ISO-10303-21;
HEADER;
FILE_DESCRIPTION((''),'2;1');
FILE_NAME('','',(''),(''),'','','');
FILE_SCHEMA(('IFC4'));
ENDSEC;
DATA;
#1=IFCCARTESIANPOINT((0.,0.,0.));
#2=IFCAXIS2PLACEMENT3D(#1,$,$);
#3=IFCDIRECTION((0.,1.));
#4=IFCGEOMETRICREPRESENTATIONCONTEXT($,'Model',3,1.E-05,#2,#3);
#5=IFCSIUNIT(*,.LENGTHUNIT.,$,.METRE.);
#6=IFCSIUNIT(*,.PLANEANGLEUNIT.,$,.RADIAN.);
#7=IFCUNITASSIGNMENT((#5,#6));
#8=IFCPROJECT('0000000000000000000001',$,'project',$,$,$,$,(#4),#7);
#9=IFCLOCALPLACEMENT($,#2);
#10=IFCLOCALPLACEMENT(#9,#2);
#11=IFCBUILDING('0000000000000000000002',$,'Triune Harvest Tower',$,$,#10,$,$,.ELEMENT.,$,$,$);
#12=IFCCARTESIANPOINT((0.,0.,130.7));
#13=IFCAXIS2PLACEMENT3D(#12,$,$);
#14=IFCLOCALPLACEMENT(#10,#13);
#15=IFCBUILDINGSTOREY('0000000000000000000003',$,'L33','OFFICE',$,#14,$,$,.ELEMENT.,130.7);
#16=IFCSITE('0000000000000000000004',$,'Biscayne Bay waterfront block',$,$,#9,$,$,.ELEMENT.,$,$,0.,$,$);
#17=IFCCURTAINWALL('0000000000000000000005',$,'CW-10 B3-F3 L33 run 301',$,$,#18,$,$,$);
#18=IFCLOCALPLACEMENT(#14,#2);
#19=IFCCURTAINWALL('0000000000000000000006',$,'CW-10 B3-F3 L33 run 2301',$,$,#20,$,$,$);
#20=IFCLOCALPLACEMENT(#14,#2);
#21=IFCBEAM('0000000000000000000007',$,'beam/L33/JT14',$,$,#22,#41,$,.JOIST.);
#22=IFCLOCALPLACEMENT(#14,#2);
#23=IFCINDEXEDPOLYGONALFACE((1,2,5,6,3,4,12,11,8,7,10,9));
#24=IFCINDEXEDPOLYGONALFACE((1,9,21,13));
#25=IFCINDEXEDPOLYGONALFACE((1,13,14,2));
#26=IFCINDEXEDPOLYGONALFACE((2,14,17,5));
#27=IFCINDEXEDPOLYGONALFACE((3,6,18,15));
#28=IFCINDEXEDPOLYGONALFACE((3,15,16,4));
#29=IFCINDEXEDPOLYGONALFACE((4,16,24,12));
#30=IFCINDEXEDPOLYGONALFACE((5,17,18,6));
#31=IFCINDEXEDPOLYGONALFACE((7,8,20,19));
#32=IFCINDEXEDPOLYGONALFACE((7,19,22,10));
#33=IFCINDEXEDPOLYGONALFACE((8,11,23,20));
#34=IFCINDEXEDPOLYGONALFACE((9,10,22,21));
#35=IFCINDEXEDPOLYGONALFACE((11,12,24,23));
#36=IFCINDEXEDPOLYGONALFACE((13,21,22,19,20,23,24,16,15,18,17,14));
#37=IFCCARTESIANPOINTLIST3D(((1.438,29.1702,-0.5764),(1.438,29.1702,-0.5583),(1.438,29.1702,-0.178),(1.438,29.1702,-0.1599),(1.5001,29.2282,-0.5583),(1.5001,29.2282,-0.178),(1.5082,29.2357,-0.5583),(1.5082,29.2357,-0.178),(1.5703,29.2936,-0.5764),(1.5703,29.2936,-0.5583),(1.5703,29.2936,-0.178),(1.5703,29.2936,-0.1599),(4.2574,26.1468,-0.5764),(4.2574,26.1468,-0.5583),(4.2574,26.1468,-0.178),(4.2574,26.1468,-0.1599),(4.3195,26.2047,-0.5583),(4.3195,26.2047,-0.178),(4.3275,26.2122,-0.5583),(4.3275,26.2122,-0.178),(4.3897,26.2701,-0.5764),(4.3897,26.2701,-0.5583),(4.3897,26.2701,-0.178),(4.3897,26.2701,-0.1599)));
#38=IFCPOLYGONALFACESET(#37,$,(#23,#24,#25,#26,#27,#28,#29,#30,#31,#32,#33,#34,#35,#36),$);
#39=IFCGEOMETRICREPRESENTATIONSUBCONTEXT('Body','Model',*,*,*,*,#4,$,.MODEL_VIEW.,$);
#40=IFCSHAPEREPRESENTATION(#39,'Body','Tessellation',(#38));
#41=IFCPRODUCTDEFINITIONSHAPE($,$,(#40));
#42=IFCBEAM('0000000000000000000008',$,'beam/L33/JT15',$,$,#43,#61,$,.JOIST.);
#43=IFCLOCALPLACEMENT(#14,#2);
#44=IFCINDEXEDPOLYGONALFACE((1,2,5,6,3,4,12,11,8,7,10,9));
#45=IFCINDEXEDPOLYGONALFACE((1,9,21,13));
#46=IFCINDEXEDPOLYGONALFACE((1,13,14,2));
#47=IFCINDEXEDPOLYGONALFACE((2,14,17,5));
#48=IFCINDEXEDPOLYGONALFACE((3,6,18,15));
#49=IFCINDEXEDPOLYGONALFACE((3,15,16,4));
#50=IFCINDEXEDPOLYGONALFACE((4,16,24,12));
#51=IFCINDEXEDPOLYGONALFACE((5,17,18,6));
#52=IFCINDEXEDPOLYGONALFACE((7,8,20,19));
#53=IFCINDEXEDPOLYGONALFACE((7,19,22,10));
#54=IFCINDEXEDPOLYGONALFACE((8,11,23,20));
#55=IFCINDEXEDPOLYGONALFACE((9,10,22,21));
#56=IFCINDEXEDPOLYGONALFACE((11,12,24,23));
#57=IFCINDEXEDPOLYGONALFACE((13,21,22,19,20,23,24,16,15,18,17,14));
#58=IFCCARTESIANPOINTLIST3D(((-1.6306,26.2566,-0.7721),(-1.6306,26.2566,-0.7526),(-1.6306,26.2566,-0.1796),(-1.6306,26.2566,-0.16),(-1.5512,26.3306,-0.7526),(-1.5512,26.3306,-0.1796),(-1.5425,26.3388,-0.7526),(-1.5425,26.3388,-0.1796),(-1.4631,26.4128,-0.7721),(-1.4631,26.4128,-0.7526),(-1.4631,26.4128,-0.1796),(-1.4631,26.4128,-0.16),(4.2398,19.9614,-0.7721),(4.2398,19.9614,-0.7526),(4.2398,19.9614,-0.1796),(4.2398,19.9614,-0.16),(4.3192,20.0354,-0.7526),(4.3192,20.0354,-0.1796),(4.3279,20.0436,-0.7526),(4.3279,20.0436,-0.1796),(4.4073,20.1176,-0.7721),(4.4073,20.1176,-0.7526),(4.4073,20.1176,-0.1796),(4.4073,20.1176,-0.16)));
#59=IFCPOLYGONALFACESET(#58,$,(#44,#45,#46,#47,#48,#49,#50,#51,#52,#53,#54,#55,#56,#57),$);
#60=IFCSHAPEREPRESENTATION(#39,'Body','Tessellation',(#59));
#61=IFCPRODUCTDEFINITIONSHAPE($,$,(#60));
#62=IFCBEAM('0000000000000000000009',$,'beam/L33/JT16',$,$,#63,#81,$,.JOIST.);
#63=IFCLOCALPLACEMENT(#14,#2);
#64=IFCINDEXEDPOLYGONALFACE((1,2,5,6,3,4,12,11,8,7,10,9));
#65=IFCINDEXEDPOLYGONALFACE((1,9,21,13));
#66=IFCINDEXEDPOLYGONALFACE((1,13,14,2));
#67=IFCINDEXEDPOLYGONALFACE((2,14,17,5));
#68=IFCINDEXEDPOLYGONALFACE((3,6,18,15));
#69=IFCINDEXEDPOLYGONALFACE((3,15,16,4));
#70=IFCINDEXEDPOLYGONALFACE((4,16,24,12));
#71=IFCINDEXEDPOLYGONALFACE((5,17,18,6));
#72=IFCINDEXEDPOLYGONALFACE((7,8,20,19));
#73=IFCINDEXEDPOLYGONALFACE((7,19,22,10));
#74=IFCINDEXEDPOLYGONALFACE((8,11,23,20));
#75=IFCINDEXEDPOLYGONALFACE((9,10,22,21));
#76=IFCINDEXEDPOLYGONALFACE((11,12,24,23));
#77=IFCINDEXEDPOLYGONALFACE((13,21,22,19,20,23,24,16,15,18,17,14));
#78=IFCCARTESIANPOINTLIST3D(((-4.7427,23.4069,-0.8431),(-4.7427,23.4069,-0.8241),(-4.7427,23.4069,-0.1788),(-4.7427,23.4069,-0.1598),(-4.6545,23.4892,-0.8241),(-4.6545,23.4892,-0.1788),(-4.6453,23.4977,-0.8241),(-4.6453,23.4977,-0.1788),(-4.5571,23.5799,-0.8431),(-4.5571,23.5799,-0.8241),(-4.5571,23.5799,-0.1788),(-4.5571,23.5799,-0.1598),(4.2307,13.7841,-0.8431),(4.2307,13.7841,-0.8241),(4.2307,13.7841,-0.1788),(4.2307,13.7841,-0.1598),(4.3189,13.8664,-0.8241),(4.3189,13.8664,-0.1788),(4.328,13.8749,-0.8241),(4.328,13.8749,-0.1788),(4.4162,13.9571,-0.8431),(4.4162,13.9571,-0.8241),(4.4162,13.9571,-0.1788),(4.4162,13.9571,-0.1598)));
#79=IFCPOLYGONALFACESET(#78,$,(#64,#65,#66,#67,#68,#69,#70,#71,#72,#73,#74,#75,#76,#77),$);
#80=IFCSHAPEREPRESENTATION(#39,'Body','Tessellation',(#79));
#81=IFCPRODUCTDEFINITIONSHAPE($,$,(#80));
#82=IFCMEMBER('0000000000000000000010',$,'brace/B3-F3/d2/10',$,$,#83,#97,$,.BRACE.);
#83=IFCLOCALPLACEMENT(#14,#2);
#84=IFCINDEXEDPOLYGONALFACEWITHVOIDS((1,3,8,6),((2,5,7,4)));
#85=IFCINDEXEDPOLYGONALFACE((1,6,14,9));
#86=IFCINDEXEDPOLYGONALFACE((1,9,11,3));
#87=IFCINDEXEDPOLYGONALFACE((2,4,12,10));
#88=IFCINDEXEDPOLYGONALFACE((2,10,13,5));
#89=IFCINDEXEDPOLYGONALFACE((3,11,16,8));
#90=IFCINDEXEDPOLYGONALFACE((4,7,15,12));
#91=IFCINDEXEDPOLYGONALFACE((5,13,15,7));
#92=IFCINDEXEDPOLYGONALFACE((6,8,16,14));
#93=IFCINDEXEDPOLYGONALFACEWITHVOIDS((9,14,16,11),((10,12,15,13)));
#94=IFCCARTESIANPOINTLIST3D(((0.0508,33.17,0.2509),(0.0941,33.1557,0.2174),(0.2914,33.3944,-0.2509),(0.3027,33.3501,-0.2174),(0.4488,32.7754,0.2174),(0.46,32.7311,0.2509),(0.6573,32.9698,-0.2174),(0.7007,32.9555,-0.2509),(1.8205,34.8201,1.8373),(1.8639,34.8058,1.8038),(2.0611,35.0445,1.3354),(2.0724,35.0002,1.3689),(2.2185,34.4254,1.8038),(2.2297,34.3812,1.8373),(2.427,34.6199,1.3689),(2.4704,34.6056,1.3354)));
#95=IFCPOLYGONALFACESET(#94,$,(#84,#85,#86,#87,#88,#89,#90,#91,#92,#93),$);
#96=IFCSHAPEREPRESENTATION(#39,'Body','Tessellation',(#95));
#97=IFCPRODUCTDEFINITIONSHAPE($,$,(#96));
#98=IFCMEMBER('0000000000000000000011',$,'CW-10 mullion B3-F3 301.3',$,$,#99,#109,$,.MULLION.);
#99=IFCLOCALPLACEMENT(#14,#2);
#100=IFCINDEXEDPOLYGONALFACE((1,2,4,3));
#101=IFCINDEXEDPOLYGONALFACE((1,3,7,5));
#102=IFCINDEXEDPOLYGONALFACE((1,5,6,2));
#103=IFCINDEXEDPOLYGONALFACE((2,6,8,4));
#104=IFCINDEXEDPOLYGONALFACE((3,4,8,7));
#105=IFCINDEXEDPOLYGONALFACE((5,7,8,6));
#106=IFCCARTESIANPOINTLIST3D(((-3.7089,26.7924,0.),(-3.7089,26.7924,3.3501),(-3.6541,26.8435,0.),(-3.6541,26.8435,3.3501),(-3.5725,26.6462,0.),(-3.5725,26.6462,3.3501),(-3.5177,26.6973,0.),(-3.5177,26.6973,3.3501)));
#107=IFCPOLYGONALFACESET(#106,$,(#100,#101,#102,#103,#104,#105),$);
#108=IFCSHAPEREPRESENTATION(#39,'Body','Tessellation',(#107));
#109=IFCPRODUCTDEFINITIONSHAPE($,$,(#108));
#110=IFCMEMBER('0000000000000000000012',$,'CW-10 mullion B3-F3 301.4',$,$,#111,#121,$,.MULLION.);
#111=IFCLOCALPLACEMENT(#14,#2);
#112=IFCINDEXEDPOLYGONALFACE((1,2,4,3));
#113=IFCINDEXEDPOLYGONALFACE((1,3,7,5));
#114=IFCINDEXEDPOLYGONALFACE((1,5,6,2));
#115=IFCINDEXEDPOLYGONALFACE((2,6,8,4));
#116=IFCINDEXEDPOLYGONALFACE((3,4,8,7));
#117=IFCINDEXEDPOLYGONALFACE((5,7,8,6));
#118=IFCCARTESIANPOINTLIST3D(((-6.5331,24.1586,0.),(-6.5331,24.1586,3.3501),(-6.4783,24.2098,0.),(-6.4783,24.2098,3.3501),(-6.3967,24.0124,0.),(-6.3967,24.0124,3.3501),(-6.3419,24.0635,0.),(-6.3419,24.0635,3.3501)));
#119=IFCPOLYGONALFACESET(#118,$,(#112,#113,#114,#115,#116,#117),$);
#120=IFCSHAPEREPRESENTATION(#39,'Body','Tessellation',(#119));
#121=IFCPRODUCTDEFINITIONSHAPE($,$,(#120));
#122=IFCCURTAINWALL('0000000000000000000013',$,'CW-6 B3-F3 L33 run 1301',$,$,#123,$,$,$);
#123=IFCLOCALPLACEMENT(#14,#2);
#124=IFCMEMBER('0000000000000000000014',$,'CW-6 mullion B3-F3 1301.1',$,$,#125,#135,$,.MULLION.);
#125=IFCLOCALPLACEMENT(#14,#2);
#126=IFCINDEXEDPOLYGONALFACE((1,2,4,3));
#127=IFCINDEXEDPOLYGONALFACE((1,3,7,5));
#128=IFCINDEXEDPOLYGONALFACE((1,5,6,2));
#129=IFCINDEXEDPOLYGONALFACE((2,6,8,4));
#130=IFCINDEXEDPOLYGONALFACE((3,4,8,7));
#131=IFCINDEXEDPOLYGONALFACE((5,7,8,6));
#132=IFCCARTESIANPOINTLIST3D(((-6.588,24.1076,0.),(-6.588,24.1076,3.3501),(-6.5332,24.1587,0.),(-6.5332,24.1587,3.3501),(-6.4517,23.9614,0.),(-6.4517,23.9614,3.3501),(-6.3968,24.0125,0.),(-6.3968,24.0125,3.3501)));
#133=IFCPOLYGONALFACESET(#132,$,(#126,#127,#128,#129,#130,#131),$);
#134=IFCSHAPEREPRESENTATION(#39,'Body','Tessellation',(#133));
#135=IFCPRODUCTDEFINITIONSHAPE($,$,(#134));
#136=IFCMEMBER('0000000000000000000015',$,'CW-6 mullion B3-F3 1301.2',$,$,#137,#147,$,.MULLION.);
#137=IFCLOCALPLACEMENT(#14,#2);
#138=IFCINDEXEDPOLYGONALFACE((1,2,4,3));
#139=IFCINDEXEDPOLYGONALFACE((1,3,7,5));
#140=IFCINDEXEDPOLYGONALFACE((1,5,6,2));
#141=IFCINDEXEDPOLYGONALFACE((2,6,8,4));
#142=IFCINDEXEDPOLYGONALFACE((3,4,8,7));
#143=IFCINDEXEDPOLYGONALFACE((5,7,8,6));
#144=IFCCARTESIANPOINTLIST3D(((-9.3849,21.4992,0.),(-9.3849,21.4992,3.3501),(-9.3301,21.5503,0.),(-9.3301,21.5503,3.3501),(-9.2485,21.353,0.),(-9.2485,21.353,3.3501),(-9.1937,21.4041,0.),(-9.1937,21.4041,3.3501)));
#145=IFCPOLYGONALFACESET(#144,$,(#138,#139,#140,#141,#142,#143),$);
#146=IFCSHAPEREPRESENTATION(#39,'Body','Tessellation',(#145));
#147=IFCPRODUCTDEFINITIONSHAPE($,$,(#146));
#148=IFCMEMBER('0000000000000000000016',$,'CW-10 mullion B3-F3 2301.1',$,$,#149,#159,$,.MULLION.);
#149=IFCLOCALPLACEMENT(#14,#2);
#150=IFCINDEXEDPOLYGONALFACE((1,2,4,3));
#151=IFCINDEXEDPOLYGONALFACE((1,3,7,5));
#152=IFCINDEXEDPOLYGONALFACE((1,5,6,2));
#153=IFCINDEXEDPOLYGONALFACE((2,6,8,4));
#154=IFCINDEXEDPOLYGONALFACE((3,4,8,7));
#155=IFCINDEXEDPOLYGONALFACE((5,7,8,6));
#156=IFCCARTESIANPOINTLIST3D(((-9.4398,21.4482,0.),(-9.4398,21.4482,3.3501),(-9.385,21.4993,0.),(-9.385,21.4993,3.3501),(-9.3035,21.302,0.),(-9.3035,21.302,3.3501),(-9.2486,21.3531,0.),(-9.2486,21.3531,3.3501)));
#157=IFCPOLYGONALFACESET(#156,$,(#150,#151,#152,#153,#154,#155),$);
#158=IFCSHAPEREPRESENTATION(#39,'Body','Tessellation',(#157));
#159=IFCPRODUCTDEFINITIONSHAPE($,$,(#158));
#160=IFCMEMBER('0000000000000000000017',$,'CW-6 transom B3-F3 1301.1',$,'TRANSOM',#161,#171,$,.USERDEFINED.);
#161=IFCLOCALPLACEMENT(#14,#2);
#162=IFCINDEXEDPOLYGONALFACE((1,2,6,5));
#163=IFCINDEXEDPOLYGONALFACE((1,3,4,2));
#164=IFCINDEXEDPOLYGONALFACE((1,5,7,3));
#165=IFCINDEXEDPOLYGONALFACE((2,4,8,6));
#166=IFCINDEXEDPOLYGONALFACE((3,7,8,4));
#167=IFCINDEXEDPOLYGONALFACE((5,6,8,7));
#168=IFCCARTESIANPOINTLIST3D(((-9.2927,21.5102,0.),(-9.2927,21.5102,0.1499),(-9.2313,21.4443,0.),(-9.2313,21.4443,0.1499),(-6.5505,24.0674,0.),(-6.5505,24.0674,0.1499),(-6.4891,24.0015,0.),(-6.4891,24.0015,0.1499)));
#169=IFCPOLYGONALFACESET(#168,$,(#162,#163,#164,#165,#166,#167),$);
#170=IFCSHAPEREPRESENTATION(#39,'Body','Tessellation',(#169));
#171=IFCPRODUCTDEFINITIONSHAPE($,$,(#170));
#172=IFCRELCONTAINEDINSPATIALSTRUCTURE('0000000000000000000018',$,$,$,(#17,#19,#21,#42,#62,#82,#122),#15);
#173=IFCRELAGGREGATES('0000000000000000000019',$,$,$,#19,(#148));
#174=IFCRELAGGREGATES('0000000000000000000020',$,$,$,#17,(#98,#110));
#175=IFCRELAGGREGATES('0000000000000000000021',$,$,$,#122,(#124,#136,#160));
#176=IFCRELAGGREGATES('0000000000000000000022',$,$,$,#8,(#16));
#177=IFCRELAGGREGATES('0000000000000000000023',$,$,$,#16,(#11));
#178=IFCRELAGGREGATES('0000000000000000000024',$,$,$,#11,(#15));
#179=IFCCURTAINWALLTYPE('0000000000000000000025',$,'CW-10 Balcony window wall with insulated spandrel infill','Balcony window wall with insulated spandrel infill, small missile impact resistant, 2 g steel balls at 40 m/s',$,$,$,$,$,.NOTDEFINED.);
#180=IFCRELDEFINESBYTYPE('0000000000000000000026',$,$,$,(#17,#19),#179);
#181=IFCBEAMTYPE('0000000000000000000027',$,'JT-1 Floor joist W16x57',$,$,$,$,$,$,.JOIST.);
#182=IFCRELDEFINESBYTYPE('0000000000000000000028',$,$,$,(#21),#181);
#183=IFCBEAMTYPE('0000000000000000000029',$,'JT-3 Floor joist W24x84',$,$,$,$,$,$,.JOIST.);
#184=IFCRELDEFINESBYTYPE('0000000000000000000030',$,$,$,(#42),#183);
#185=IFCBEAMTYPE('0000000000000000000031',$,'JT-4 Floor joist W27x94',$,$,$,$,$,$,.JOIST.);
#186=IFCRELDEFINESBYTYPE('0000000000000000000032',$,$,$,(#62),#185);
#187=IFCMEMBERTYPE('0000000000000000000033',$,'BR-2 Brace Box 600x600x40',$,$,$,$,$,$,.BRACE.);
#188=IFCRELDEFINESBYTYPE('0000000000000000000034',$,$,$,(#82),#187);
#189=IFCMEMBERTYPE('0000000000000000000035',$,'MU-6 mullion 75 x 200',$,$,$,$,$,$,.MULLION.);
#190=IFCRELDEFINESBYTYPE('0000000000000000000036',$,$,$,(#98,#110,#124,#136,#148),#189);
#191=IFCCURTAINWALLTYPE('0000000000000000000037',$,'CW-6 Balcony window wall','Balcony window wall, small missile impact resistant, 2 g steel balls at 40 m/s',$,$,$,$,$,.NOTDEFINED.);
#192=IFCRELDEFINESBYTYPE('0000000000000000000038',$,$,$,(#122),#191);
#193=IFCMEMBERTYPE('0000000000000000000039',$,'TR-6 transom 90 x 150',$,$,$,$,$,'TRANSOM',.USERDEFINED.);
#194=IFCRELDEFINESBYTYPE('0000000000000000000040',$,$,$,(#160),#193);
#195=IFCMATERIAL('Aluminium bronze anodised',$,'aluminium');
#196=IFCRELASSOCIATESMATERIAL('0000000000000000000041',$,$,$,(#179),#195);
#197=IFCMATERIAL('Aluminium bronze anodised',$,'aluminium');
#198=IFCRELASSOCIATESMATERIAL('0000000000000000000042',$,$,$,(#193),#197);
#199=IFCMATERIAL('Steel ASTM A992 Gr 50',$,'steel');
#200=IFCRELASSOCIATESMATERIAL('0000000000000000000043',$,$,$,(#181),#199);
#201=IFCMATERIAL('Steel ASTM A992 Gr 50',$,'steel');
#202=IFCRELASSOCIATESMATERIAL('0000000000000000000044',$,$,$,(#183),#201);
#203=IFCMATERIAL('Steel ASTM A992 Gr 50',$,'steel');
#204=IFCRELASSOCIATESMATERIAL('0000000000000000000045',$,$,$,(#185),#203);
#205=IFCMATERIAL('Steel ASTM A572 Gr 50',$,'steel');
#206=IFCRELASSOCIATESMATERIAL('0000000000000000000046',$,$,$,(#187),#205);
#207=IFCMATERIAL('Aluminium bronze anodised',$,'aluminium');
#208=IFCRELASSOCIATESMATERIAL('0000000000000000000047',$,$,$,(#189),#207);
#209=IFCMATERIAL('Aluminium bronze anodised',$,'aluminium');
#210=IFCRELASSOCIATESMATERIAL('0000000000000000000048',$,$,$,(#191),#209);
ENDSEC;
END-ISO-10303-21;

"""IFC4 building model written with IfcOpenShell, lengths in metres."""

from ifc_helpers import new_model, si_unit, direction, frame, origin, origin_2d, place, context, subcontext, project, spatial, rectangle, hollow_rectangle, i_section, extrude, source, transform, mapped, material, material_profile, profile_set, type_object, element, aggregate, save


model = new_model("IFC4")

# Units and contexts
model_context = context("Model", 3, precision=1e-05, world=origin(), true_north=direction((0.0, 1.0)))
body_context = subcontext(model_context, "Body", "Model", "MODEL_VIEW")
ifc_project = project(units=[si_unit("LENGTHUNIT", "METRE"), si_unit("PLANEANGLEUNIT", "RADIAN")], contexts=[model_context])

# Site, building, storey
site_placement = place(None, origin())
site = spatial("IfcSite", under=ifc_project, at=site_placement, Name="Biscayne Bay waterfront block", CompositionType="ELEMENT", RefElevation=0.0)
building_placement = place(site_placement, origin())
building = spatial("IfcBuilding", under=site, at=building_placement, Name="Triune Harvest Tower", CompositionType="ELEMENT")
storey_placement = place(building_placement, frame((0.0, 0.0, 130.7)))
storey = spatial("IfcBuildingStorey", under=building, at=storey_placement, Name="L33", Description="OFFICE", CompositionType="ELEMENT", Elevation=130.7)

# Curtain wall
ifc_material_1 = material(Name="Aluminium bronze anodised", Category="aluminium")
curtain_wall_type_1 = type_object("IfcCurtainWallType", Name="CW-10 Balcony window wall with insulated spandrel infill", Description="Balcony window wall with insulated spandrel infill, small missile impact resistant, 2 g steel balls at 40 m/s", PredefinedType="NOTDEFINED", material=ifc_material_1)
curtain_wall_1_placement = place(storey_placement, origin())
curtain_wall_1 = element("IfcCurtainWall", 1, at=curtain_wall_1_placement, inside=storey, type_object=curtain_wall_type_1, Name="CW-10 B3-F3 L33 run 301")
ifc_material_2 = material(Name="Aluminium bronze anodised", Category="aluminium")
ifc_material_profile_1 = material_profile(ifc_material_2, rectangle(XDim=0.0901, YDim=0.1499, at=origin_2d()), Name="TR-6 transom 90 x 150")
ifc_profile_set_1 = profile_set([ifc_material_profile_1], Name="Aluminium bronze anodised")
member_type_1 = type_object("IfcMemberType", Name="TR-6 transom 90 x 150", ElementType="TRANSOM", PredefinedType="USERDEFINED", material=ifc_profile_set_1)

# Curtain wall
curtain_wall_2_placement = place(storey_placement, origin())
curtain_wall_2 = element("IfcCurtainWall", 2, at=curtain_wall_2_placement, inside=storey, type_object=curtain_wall_type_1, Name="CW-10 B3-F3 L33 run 2301")

# Beams
ifc_material_3 = material(Name="Steel ASTM A992 Gr 50", Category="steel")
ifc_material_profile_2 = material_profile(ifc_material_3, i_section(OverallWidth=0.1809, OverallDepth=0.4165, WebThickness=0.011, FlangeThickness=0.0181, at=origin_2d()), Name="W16x57")
ifc_profile_set_2 = profile_set([ifc_material_profile_2], Name="Steel ASTM A992 Gr 50")
beam_type_1 = type_object("IfcBeamType", Name="JT-1 Floor joist W16x57", PredefinedType="JOIST", material=ifc_profile_set_2)
shared_shape_1 = source(origin(), body_context, "Body", "SweptSolid", [
    extrude(i_section(OverallWidth=0.1809, OverallDepth=0.4165, WebThickness=0.011, FlangeThickness=0.0181, at=origin_2d()), origin(), (0.0, 0.0, 1.0), 4.134),
])
beam_1_placement = place(storey_placement, frame((1.5042, 29.2319, -0.3682), z_axis=(0.68199, -0.731362, 0.0), x_axis=(0.731362, 0.68199, 0.0)))
element("IfcBeam", 3, at=beam_1_placement, inside=storey, type_object=beam_type_1, Name="beam/L33/JT14", PredefinedType="JOIST", context=body_context, shape_type="MappedRepresentation", body=[
    mapped(shared_shape_1, transform((0.0, 0.0, 0.0), scale=1.0)),
])
ifc_material_4 = material(Name="Steel ASTM A992 Gr 50", Category="steel")
ifc_material_profile_3 = material_profile(ifc_material_4, i_section(OverallWidth=0.229, OverallDepth=0.6121, WebThickness=0.012, FlangeThickness=0.0195, at=origin_2d()), Name="W24x84")
ifc_profile_set_3 = profile_set([ifc_material_profile_3], Name="Steel ASTM A992 Gr 50")
beam_type_2 = type_object("IfcBeamType", Name="JT-3 Floor joist W24x84", PredefinedType="JOIST", material=ifc_profile_set_3)
shared_shape_2 = source(origin(), body_context, "Body", "SweptSolid", [
    extrude(i_section(OverallWidth=0.229, OverallDepth=0.6121, WebThickness=0.012, FlangeThickness=0.0195, at=origin_2d()), origin(), (0.0, 0.0, 1.0), 8.6077),
])
beam_2_placement = place(storey_placement, frame((-1.5469, 26.3347, -0.4661), z_axis=(0.682, -0.731352, 0.0), x_axis=(0.731352, 0.682, 0.0)))
element("IfcBeam", 4, at=beam_2_placement, inside=storey, type_object=beam_type_2, Name="beam/L33/JT15", PredefinedType="JOIST", context=body_context, shape_type="MappedRepresentation", body=[
    mapped(shared_shape_2, transform((0.0, 0.0, 0.0), scale=1.0)),
])
ifc_material_5 = material(Name="Steel ASTM A992 Gr 50", Category="steel")
ifc_material_profile_4 = material_profile(ifc_material_5, i_section(OverallWidth=0.2537, OverallDepth=0.6833, WebThickness=0.0125, FlangeThickness=0.019, at=origin_2d()), Name="W27x94")
ifc_profile_set_4 = profile_set([ifc_material_profile_4], Name="Steel ASTM A992 Gr 50")
beam_type_3 = type_object("IfcBeamType", Name="JT-4 Floor joist W27x94", PredefinedType="JOIST", material=ifc_profile_set_4)
shared_shape_3 = source(origin(), body_context, "Body", "SweptSolid", [
    extrude(i_section(OverallWidth=0.2537, OverallDepth=0.6833, WebThickness=0.0125, FlangeThickness=0.019, at=origin_2d()), origin(), (0.0, 0.0, 1.0), 13.1575),
])
beam_3_placement = place(storey_placement, frame((-4.6499, 23.4934, -0.5015), z_axis=(0.681998, -0.731354, 0.0), x_axis=(0.731354, 0.681998, 0.0)))
element("IfcBeam", 5, at=beam_3_placement, inside=storey, type_object=beam_type_3, Name="beam/L33/JT16", PredefinedType="JOIST", context=body_context, shape_type="MappedRepresentation", body=[
    mapped(shared_shape_3, transform((0.0, 0.0, 0.0), scale=1.0)),
])

# Members
ifc_material_6 = material(Name="Steel ASTM A572 Gr 50", Category="steel")
ifc_material_profile_5 = material_profile(ifc_material_6, hollow_rectangle(XDim=0.6001, YDim=0.6001, WallThickness=0.04, at=origin_2d()), Name="Box 600x600x40")
ifc_profile_set_5 = profile_set([ifc_material_profile_5], Name="Steel ASTM A572 Gr 50")
member_type_2 = type_object("IfcMemberType", Name="BR-2 Brace Box 600x600x40", PredefinedType="BRACE", material=ifc_profile_set_5)
shared_shape_4 = source(origin(), body_context, "Body", "SweptSolid", [
    extrude(hollow_rectangle(XDim=0.6001, YDim=0.6001, WallThickness=0.04, at=origin_2d()), origin(), (0.0, 0.0, 1.0), 2.8933),
])
member_1_placement = place(storey_placement, frame((0.3757, 33.0627, 0.0), z_axis=(0.611657, 0.570312, 0.548289), x_axis=(-0.681955, 0.731394, 0.0)))
element("IfcMember", 6, at=member_1_placement, inside=storey, type_object=member_type_2, Name="brace/B3-F3/d2/10", PredefinedType="BRACE", context=body_context, shape_type="MappedRepresentation", body=[
    mapped(shared_shape_4, transform((0.0, 0.0, 0.0), scale=1.0)),
])
ifc_material_7 = material(Name="Aluminium bronze anodised", Category="aluminium")
ifc_material_profile_6 = material_profile(ifc_material_7, rectangle(XDim=0.2, YDim=0.075, at=origin_2d()), Name="MU-6 mullion 75 x 200")
ifc_profile_set_6 = profile_set([ifc_material_profile_6], Name="Aluminium bronze anodised")
member_type_3 = type_object("IfcMemberType", Name="MU-6 mullion 75 x 200", PredefinedType="MULLION", material=ifc_profile_set_6)
shared_shape_5 = source(origin(), body_context, "Body", "SweptSolid", [
    extrude(rectangle(XDim=0.2, YDim=0.075, at=origin_2d()), origin(), (0.0, 0.0, 1.0), 3.3501),
])
member_2_placement = place(storey_placement, frame((-3.6133, 26.7449, 0.0), z_axis=(0.0, 0.0, 1.0), x_axis=(0.681997, -0.731355, 0.0)))
member_2 = element("IfcMember", 7, at=member_2_placement, type_object=member_type_3, Name="CW-10 mullion B3-F3 301.3", PredefinedType="MULLION", context=body_context, shape_type="MappedRepresentation", body=[
    mapped(shared_shape_5, transform((0.0, 0.0, 0.0), scale=1.0)),
])
member_3_placement = place(storey_placement, frame((-6.4375, 24.1111, 0.0), z_axis=(0.0, 0.0, 1.0), x_axis=(0.681997, -0.731355, 0.0)))
member_3 = element("IfcMember", 8, at=member_3_placement, type_object=member_type_3, Name="CW-10 mullion B3-F3 301.4", PredefinedType="MULLION", context=body_context, shape_type="MappedRepresentation", body=[
    mapped(shared_shape_5, transform((0.0, 0.0, 0.0), scale=1.0)),
])

# Curtain wall, members
ifc_material_8 = material(Name="Aluminium bronze anodised", Category="aluminium")
curtain_wall_type_2 = type_object("IfcCurtainWallType", Name="CW-6 Balcony window wall", Description="Balcony window wall, small missile impact resistant, 2 g steel balls at 40 m/s", PredefinedType="NOTDEFINED", material=ifc_material_8)
curtain_wall_3_placement = place(storey_placement, origin())
curtain_wall_3 = element("IfcCurtainWall", 9, at=curtain_wall_3_placement, inside=storey, type_object=curtain_wall_type_2, Name="CW-6 B3-F3 L33 run 1301")
member_4_placement = place(storey_placement, frame((-6.4924, 24.0601, 0.0), z_axis=(0.0, 0.0, 1.0), x_axis=(0.682006, -0.731347, 0.0)))
member_4 = element("IfcMember", 10, at=member_4_placement, type_object=member_type_3, Name="CW-6 mullion B3-F3 1301.1", PredefinedType="MULLION", context=body_context, shape_type="MappedRepresentation", body=[
    mapped(shared_shape_5, transform((0.0, 0.0, 0.0), scale=1.0)),
])
member_5_placement = place(storey_placement, frame((-9.2893, 21.4517, 0.0), z_axis=(0.0, 0.0, 1.0), x_axis=(0.682006, -0.731347, 0.0)))
member_5 = element("IfcMember", 11, at=member_5_placement, type_object=member_type_3, Name="CW-6 mullion B3-F3 1301.2", PredefinedType="MULLION", context=body_context, shape_type="MappedRepresentation", body=[
    mapped(shared_shape_5, transform((0.0, 0.0, 0.0), scale=1.0)),
])

# Members
member_6_placement = place(storey_placement, frame((-9.3442, 21.4006, 0.0), z_axis=(0.0, 0.0, 1.0), x_axis=(0.681992, -0.73136, 0.0)))
member_6 = element("IfcMember", 12, at=member_6_placement, type_object=member_type_3, Name="CW-10 mullion B3-F3 2301.1", PredefinedType="MULLION", context=body_context, shape_type="MappedRepresentation", body=[
    mapped(shared_shape_5, transform((0.0, 0.0, 0.0), scale=1.0)),
])
aggregate(curtain_wall_2, [member_6])
shared_shape_6 = source(origin(), body_context, "Body", "SweptSolid", [
    extrude(rectangle(XDim=0.0901, YDim=0.1499, at=origin_2d()), origin(), (0.0, 0.0, 1.0), 3.7495),
])
member_7_placement = place(storey_placement, frame((-6.5198, 24.0344, 0.075), z_axis=(-0.731354, -0.681998, 0.0), x_axis=(0.681998, -0.731354, 0.0)))
member_7 = element("IfcMember", 13, at=member_7_placement, type_object=member_type_1, Name="CW-6 transom B3-F3 1301.1", ObjectType="TRANSOM", PredefinedType="USERDEFINED", context=body_context, shape_type="MappedRepresentation", body=[
    mapped(shared_shape_6, transform((0.0, 0.0, 0.0), scale=1.0)),
])

aggregate(curtain_wall_1, [member_2, member_3])
aggregate(curtain_wall_3, [member_4, member_5, member_7])

save(model, "model.ifc")
